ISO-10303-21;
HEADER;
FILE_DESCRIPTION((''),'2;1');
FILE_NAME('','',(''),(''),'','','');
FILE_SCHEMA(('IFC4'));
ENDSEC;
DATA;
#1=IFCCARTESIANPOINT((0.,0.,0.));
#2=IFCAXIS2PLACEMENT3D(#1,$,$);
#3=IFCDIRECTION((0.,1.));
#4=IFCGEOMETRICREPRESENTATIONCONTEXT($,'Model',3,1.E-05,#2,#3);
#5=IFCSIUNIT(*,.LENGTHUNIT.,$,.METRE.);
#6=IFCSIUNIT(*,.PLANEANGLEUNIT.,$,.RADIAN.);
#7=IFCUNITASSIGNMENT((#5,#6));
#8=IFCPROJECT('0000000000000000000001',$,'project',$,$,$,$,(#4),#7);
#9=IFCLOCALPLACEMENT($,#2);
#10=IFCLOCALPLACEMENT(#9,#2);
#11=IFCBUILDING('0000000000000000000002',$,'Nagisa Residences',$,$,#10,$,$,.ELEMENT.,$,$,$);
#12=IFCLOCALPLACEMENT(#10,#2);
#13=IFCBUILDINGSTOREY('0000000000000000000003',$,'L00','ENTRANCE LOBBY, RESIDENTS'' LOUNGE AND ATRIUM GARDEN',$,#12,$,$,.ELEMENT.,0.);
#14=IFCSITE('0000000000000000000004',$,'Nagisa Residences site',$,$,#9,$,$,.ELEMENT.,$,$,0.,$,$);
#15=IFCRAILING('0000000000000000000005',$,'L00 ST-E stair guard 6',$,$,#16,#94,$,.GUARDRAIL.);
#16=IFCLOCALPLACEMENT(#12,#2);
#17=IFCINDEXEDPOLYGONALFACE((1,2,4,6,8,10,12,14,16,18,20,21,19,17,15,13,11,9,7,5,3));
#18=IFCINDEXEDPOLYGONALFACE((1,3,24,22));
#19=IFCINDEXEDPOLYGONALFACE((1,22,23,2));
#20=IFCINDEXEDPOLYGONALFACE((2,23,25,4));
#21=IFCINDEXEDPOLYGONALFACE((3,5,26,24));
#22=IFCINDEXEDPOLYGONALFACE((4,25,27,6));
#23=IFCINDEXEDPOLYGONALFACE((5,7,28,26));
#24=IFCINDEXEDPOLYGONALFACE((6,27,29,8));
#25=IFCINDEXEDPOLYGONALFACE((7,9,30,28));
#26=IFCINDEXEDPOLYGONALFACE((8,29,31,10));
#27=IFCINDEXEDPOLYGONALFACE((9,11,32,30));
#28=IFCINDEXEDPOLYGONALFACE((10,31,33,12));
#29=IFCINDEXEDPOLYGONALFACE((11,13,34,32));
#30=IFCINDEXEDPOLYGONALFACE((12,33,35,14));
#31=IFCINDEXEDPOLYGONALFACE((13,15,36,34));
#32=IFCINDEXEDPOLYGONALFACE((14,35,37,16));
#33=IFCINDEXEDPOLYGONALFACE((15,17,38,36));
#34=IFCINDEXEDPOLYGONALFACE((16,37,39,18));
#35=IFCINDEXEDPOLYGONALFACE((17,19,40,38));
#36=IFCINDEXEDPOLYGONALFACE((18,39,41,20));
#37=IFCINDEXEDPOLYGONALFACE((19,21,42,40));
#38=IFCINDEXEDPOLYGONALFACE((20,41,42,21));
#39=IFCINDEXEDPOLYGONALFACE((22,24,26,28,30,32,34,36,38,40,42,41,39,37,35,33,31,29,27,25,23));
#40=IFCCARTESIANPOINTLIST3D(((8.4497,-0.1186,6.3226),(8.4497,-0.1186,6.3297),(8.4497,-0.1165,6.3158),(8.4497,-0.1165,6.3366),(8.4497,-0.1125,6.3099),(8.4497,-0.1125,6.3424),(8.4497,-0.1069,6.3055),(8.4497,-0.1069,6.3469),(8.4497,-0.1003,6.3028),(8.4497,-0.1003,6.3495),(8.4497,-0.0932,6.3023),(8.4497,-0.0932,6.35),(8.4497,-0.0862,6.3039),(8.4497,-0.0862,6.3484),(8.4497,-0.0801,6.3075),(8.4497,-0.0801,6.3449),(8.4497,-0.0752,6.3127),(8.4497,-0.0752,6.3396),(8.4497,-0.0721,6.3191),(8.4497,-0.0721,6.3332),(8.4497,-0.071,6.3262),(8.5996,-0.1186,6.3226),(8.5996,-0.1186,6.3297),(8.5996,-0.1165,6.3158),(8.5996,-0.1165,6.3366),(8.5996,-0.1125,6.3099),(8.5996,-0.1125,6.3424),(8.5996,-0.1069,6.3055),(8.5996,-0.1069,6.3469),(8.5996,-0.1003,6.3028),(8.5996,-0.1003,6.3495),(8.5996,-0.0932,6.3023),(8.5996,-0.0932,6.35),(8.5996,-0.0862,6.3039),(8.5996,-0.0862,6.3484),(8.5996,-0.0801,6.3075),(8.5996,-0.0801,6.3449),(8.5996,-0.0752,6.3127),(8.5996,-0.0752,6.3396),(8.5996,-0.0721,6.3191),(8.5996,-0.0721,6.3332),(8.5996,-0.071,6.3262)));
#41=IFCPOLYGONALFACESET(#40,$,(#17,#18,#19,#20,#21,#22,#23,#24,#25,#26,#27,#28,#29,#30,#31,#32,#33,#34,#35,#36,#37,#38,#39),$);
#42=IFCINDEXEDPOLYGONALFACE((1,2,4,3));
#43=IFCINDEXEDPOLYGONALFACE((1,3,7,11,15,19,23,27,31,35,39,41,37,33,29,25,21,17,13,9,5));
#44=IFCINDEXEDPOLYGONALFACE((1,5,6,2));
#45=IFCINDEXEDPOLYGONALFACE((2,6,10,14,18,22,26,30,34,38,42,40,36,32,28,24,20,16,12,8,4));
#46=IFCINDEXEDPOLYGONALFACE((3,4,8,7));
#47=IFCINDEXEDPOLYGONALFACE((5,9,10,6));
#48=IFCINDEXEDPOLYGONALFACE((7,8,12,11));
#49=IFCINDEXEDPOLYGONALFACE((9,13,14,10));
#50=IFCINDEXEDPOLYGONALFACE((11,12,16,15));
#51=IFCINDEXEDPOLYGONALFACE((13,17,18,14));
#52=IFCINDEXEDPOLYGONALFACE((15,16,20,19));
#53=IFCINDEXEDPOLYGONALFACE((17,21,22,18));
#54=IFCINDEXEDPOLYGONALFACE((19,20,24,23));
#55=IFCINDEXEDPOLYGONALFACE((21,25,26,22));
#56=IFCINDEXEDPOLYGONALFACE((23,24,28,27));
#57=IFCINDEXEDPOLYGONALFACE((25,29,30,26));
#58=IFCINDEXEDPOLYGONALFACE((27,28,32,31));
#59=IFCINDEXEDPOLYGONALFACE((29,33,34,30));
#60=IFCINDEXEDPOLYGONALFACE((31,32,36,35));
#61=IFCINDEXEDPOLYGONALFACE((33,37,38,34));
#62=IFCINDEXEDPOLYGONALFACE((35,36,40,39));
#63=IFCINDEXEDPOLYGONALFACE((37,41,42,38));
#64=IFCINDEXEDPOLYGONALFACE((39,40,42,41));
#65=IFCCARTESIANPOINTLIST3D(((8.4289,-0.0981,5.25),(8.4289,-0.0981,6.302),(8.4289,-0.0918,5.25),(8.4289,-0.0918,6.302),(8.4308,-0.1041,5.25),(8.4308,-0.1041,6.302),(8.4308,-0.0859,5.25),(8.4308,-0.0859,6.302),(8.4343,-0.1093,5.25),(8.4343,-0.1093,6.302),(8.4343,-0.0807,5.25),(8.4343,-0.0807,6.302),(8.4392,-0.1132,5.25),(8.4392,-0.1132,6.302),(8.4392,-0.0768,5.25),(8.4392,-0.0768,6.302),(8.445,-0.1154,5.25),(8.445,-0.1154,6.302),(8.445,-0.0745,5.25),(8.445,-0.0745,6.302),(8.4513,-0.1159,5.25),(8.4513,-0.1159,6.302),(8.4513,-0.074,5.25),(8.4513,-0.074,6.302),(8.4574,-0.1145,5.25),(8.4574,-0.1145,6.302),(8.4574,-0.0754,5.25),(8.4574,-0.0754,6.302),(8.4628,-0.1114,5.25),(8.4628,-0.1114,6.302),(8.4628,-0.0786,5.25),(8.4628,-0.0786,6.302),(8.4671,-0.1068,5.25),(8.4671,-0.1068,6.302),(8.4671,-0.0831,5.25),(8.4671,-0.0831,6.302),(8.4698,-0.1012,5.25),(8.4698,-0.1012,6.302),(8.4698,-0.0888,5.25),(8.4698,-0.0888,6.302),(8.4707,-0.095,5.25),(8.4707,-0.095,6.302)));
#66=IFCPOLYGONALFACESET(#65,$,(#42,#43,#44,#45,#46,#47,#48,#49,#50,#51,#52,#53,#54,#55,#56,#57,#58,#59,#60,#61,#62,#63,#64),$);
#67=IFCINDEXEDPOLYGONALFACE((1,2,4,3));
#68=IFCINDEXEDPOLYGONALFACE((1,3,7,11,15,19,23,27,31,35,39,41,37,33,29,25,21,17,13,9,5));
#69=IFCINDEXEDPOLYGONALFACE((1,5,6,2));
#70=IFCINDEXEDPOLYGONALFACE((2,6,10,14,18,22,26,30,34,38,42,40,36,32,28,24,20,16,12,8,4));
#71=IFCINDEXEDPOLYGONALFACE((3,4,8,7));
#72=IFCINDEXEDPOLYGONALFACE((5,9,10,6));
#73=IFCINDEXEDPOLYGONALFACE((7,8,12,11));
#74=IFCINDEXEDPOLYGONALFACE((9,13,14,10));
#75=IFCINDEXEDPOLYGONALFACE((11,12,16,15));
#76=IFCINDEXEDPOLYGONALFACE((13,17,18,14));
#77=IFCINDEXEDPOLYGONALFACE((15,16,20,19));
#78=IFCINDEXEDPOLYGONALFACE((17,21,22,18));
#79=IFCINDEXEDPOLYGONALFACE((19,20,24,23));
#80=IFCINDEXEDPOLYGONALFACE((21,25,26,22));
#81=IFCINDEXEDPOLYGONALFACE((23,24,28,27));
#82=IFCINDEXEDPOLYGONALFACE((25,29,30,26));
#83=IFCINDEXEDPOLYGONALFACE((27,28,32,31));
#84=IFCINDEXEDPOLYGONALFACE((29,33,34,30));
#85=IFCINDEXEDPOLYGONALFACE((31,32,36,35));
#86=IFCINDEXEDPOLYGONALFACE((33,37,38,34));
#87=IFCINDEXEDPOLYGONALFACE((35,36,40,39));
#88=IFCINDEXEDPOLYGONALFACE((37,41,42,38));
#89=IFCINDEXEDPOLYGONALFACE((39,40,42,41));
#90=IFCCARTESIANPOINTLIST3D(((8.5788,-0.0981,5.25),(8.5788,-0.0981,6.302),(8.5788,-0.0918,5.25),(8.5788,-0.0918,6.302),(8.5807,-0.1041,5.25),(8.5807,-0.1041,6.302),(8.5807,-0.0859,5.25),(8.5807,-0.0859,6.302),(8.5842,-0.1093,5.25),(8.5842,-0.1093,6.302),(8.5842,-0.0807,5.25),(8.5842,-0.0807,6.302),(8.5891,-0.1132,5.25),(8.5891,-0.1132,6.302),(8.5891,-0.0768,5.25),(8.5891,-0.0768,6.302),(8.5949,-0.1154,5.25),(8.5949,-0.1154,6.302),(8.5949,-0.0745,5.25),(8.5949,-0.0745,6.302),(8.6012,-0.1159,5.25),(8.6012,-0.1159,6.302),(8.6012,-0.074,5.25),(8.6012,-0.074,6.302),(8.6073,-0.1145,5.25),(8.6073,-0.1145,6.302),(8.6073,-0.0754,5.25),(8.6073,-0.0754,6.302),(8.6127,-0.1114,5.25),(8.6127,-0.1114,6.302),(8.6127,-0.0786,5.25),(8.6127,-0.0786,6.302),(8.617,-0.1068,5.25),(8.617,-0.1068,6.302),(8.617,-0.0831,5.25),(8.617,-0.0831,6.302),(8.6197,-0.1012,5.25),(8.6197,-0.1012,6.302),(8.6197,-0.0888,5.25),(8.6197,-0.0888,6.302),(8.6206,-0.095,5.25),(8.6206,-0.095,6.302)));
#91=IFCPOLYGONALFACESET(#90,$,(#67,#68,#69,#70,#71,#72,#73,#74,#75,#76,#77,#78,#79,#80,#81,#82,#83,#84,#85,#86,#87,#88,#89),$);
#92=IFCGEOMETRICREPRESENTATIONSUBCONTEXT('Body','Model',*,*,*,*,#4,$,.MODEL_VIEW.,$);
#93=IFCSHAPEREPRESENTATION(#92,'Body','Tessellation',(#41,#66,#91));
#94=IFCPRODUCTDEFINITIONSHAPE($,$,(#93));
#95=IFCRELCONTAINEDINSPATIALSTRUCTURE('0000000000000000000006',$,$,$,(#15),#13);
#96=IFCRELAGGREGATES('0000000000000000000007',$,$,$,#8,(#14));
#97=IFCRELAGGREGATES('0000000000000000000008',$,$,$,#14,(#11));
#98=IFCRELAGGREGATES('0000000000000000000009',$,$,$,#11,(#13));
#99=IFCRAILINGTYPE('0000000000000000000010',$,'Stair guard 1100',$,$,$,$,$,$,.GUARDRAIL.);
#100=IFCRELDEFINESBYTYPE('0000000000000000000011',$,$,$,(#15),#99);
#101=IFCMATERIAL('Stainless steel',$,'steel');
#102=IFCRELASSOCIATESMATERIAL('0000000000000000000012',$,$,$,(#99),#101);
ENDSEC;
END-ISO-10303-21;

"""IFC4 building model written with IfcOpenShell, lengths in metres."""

from ifc_helpers import new_model, si_unit, direction, frame, origin, origin_2d, place, context, subcontext, project, spatial, circle, extrude, material, type_object, element, save


model = new_model("IFC4")

# Units and contexts
model_context = context("Model", 3, precision=1e-05, world=origin(), true_north=direction((0.0, 1.0)))
body_context = subcontext(model_context, "Body", "Model", "MODEL_VIEW")
ifc_project = project(units=[si_unit("LENGTHUNIT", "METRE"), si_unit("PLANEANGLEUNIT", "RADIAN")], contexts=[model_context])

# Site, building, storey
site_placement = place(None, origin())
site = spatial("IfcSite", under=ifc_project, at=site_placement, Name="Nagisa Residences site", CompositionType="ELEMENT", RefElevation=0.0)
building_placement = place(site_placement, origin())
building = spatial("IfcBuilding", under=site, at=building_placement, Name="Nagisa Residences", CompositionType="ELEMENT")
storey_placement = place(building_placement, origin())
storey = spatial("IfcBuildingStorey", under=building, at=storey_placement, Name="L00", Description="ENTRANCE LOBBY, RESIDENTS' LOUNGE AND ATRIUM GARDEN", CompositionType="ELEMENT", Elevation=0.0)

# Railing
ifc_material_1 = material(Name="Stainless steel", Category="steel")
railing_type_1 = type_object("IfcRailingType", Name="Stair guard 1100", PredefinedType="GUARDRAIL", material=ifc_material_1)
railing_1_placement = place(storey_placement, frame((8.4497, -0.095, 5.25)))
element("IfcRailing", 1, at=railing_1_placement, inside=storey, type_object=railing_type_1, Name="L00 ST-E stair guard 6", PredefinedType="GUARDRAIL", context=body_context, shape_type="SweptSolid", body=[
    extrude(circle(Radius=0.0239, at=origin_2d()), frame((0.0, 0.0, 1.0762), z_axis=(1.0, 0.0, 0.0), x_axis=(0.0, 1.0, 0.0)), (0.0, 0.0, 1.0), 0.1499),
    extrude(circle(Radius=0.021, at=origin_2d()), origin(), (0.0, 0.0, 1.0), 1.052),
    extrude(circle(Radius=0.021, at=origin_2d()), frame((0.1499, 0.0, 0.0)), (0.0, 0.0, 1.0), 1.052),
])

save(model, "model.ifc")
